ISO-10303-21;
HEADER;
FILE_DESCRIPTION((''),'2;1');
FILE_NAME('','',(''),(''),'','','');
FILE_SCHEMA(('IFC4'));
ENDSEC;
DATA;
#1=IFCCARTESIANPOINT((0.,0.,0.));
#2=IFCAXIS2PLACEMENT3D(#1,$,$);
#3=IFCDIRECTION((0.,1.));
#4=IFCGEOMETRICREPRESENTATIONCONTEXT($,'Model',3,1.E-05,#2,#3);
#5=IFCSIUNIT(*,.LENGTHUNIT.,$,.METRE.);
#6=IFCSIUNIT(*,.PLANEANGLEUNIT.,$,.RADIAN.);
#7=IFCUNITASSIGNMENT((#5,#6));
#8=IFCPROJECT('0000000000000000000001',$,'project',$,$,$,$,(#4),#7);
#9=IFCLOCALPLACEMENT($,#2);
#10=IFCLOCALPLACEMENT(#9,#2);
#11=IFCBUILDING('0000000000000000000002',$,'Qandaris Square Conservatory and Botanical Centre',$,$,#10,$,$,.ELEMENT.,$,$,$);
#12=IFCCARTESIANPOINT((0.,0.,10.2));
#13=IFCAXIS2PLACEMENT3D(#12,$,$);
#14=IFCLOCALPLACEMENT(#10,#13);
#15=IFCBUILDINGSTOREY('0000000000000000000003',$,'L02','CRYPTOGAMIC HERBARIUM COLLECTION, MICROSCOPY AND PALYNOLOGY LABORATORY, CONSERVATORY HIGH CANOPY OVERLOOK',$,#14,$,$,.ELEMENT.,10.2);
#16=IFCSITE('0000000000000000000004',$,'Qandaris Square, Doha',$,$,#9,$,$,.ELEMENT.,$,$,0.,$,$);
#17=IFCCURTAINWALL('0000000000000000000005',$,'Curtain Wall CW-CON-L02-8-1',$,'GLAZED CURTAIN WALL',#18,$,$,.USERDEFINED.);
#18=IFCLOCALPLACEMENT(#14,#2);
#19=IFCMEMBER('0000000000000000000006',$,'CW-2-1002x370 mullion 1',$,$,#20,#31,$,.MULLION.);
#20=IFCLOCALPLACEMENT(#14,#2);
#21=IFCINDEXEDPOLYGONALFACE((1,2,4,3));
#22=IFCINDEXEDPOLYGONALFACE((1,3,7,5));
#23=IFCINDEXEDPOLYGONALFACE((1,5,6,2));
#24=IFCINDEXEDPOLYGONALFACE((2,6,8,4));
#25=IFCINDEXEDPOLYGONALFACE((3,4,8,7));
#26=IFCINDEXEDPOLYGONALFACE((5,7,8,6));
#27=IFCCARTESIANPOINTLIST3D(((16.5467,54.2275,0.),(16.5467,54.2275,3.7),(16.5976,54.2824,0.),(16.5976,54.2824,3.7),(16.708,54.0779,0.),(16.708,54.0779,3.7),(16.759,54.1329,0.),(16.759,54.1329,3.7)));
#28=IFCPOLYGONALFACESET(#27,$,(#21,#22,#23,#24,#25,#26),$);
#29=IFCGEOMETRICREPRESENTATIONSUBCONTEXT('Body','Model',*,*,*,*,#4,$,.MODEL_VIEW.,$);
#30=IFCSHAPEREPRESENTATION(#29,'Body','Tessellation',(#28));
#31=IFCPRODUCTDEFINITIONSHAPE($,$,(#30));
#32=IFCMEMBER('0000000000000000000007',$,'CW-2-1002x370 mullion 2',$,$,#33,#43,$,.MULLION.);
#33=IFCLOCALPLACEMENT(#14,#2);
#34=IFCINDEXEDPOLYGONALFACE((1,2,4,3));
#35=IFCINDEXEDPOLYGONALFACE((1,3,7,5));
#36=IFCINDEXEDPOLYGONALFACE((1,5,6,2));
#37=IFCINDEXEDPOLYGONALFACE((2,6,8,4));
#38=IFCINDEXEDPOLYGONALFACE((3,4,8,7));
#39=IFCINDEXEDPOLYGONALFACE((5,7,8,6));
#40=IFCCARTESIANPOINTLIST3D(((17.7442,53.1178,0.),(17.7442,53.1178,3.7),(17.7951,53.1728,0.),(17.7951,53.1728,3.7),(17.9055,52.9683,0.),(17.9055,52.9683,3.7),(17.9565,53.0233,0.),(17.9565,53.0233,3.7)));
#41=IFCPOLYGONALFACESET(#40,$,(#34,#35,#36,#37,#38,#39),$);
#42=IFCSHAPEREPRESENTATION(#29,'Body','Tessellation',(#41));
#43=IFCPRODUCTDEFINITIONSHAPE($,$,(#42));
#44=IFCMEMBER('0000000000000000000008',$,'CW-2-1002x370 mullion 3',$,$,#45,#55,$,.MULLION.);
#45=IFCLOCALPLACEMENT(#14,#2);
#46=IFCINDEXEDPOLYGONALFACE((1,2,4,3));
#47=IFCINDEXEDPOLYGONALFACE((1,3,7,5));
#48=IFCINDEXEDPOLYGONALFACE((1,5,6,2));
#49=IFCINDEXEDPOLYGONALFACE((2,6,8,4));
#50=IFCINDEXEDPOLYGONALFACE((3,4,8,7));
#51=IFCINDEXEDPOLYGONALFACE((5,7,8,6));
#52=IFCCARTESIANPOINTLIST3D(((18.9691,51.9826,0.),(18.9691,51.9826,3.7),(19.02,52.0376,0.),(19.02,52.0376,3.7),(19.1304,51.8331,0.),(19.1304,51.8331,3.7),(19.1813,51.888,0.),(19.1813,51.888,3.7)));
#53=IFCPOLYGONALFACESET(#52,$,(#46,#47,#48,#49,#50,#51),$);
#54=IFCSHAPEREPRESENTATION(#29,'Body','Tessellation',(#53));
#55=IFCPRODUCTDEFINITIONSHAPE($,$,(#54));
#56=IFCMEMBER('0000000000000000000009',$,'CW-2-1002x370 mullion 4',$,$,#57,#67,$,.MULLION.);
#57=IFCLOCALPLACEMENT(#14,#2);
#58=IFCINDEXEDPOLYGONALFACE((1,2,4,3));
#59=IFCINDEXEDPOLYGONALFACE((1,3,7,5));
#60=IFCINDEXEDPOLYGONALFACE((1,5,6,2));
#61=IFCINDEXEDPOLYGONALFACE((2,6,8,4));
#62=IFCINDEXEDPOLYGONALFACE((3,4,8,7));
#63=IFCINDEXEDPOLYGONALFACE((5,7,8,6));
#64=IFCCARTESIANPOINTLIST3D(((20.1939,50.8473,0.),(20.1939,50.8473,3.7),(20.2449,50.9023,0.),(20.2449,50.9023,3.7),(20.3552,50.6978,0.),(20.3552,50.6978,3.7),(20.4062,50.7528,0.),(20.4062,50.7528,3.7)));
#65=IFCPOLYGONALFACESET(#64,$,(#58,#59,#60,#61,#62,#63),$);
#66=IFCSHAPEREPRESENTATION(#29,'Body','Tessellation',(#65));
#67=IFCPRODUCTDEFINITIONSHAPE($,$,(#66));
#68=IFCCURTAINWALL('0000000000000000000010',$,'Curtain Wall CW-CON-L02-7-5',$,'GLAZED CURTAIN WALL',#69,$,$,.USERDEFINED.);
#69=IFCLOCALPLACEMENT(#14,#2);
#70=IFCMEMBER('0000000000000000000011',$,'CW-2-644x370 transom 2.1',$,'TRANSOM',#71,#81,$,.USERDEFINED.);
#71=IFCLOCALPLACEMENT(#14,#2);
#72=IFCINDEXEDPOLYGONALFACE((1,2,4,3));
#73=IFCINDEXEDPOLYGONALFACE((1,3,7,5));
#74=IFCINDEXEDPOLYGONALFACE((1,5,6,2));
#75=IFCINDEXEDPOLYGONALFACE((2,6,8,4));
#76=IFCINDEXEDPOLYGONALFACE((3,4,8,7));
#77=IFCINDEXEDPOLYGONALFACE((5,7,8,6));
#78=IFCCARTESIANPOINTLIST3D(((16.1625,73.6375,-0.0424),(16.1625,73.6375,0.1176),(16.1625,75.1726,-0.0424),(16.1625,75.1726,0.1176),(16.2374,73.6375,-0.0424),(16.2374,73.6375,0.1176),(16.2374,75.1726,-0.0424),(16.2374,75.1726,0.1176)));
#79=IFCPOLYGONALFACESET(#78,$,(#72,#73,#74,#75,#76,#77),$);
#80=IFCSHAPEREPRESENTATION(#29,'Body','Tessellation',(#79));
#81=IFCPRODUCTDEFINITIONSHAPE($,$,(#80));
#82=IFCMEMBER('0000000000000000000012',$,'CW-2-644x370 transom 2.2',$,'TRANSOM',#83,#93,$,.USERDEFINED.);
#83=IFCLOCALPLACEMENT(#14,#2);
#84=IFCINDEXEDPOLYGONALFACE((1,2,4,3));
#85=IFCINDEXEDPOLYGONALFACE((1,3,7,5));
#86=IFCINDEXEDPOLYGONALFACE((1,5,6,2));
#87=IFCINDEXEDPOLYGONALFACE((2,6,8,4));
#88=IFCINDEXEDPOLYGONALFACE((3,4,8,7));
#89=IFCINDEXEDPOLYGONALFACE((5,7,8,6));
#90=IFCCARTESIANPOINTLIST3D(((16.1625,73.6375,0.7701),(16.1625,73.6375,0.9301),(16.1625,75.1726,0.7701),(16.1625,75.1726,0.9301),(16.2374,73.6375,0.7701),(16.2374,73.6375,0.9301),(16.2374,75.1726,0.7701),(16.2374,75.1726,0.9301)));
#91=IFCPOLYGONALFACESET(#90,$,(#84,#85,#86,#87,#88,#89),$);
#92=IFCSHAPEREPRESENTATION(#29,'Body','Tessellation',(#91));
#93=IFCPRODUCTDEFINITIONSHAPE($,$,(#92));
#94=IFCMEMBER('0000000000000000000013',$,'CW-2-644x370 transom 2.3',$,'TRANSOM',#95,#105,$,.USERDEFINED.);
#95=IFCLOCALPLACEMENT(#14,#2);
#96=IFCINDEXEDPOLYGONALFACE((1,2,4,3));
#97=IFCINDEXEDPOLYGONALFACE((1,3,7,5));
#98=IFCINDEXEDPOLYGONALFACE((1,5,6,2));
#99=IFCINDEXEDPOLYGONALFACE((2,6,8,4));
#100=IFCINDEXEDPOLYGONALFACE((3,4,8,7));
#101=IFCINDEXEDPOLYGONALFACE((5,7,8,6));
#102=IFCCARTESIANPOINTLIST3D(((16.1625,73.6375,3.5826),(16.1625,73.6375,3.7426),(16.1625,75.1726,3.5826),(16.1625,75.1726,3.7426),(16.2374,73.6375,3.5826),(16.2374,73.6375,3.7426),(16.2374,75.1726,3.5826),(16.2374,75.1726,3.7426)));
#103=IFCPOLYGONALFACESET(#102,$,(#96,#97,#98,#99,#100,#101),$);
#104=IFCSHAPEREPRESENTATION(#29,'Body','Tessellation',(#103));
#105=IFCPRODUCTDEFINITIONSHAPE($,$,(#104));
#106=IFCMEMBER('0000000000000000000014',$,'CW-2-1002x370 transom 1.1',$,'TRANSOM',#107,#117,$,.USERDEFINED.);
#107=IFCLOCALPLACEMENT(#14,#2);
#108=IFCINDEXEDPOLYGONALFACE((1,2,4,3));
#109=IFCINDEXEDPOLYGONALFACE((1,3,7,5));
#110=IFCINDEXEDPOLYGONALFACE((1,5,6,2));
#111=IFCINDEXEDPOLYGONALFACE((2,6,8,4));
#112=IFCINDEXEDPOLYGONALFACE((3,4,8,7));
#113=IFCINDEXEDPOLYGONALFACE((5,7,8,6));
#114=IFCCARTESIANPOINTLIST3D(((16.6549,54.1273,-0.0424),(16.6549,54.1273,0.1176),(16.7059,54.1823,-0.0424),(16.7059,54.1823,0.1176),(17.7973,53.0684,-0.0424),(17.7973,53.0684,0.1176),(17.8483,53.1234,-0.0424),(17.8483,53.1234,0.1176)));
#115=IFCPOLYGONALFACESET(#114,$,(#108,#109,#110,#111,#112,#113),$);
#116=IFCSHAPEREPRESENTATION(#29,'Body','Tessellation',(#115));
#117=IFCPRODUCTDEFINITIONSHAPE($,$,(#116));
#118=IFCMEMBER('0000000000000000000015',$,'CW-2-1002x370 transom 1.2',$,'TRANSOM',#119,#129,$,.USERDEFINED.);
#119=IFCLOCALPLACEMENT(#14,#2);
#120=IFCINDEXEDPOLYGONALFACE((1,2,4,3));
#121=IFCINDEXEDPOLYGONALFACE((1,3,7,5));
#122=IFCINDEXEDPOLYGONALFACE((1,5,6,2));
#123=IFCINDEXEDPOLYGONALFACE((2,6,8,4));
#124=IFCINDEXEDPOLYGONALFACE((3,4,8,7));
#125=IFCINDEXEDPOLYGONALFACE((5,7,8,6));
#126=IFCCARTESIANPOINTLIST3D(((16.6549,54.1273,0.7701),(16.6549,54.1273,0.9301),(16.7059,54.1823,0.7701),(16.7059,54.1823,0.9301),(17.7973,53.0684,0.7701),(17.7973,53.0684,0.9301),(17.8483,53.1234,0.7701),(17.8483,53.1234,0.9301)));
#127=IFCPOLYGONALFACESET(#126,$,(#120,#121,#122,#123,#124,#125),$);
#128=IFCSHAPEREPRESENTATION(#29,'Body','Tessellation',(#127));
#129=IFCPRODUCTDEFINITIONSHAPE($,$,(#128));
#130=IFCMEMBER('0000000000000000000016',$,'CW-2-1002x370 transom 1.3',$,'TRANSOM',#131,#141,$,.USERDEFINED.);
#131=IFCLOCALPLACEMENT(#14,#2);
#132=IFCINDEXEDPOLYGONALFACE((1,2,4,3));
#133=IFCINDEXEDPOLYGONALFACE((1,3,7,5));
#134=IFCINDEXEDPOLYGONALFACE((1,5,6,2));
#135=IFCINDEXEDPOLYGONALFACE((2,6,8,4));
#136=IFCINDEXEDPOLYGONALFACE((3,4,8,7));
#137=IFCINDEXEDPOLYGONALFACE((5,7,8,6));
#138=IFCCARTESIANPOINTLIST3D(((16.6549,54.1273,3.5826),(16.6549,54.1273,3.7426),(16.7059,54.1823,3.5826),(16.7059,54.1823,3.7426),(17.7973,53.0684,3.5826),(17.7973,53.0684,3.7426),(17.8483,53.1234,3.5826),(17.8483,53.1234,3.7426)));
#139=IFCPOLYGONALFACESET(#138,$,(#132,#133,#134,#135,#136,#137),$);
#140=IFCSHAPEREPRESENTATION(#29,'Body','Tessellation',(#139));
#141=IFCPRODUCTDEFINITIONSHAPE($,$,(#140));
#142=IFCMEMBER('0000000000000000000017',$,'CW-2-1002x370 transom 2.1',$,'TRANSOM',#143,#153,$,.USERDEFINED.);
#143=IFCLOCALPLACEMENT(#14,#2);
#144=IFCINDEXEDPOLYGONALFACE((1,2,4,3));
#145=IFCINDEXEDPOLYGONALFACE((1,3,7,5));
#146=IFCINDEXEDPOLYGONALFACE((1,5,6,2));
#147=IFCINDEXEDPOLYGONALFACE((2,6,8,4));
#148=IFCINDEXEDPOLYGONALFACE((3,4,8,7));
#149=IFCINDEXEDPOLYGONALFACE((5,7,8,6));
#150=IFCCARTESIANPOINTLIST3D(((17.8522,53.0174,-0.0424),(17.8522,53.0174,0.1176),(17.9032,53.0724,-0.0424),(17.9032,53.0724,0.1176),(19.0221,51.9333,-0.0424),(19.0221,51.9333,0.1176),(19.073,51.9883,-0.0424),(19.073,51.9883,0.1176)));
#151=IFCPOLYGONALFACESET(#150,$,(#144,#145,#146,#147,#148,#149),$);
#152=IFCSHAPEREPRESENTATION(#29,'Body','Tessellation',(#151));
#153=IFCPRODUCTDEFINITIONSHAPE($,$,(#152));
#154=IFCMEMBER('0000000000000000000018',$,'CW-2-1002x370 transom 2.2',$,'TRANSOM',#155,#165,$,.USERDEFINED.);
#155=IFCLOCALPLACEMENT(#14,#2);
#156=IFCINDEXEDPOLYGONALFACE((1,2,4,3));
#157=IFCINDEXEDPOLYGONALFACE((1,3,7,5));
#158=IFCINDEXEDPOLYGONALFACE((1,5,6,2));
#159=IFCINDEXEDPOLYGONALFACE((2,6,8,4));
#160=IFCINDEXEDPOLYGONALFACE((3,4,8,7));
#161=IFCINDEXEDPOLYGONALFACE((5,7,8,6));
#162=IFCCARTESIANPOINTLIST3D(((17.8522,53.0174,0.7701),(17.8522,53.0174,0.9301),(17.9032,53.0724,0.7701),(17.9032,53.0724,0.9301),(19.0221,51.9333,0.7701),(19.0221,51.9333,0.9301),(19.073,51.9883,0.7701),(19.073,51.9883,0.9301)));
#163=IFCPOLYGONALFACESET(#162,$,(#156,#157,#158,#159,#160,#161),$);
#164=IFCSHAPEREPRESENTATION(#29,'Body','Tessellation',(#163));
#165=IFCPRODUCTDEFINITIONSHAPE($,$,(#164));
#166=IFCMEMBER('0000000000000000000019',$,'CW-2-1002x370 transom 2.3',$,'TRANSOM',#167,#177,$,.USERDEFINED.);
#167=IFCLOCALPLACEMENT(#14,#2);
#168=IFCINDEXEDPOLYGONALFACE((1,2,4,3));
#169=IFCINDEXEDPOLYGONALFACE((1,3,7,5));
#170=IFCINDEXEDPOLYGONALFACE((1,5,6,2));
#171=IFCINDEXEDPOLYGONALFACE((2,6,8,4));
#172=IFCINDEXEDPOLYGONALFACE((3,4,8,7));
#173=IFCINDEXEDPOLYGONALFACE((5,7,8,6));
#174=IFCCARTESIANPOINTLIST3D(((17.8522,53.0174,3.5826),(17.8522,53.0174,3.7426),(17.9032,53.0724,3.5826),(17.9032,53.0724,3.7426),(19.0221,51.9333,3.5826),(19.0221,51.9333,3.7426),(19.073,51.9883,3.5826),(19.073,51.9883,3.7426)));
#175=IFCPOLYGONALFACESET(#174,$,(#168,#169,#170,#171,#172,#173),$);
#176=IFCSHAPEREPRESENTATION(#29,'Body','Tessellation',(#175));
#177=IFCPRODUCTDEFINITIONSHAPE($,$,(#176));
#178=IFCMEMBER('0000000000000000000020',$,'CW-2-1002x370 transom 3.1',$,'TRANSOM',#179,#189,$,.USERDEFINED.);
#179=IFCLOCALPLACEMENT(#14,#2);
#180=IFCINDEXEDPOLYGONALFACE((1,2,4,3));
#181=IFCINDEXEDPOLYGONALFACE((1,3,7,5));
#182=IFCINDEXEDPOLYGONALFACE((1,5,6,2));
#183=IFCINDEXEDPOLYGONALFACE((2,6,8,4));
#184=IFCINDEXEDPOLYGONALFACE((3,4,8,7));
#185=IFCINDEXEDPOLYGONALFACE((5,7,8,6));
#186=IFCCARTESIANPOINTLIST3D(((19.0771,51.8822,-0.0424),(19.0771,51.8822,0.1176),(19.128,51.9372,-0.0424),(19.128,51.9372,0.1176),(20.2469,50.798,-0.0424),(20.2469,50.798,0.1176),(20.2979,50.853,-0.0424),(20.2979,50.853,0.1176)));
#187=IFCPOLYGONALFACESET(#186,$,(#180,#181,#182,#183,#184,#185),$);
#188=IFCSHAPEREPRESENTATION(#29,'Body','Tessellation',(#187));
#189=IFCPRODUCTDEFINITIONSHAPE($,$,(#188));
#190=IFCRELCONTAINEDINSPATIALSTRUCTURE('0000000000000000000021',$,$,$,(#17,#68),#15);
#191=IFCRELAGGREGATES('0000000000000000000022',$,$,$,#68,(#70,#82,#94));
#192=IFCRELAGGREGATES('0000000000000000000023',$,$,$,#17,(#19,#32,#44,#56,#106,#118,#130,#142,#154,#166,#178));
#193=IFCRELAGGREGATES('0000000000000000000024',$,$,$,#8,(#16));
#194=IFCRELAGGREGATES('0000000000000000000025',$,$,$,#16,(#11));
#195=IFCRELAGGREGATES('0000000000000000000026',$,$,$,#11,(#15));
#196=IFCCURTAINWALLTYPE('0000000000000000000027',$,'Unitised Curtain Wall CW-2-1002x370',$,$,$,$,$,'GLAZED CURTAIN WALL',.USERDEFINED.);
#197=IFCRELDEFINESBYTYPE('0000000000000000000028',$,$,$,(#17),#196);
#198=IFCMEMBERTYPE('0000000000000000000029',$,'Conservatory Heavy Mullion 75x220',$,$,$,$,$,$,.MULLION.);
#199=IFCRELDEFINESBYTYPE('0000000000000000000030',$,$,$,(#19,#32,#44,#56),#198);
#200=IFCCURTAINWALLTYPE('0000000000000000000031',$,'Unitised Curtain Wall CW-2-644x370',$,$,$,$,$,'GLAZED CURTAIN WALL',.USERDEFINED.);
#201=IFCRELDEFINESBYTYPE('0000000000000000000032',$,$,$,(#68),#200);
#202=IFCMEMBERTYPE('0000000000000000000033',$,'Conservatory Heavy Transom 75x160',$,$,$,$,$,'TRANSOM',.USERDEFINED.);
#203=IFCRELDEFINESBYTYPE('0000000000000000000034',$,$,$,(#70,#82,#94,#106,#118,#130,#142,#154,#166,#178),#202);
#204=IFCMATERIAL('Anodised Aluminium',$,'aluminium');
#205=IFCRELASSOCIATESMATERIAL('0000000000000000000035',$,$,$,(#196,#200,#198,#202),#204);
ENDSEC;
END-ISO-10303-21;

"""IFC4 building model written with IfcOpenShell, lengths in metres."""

from ifc_helpers import new_model, si_unit, direction, frame, origin, origin_2d, place, context, subcontext, project, spatial, rectangle, extrude, material, material_profile, profile_set, type_object, element, aggregate, save


model = new_model("IFC4")

# Units and contexts
model_context = context("Model", 3, precision=1e-05, world=origin(), true_north=direction((0.0, 1.0)))
body_context = subcontext(model_context, "Body", "Model", "MODEL_VIEW")
ifc_project = project(units=[si_unit("LENGTHUNIT", "METRE"), si_unit("PLANEANGLEUNIT", "RADIAN")], contexts=[model_context])

# Site, building, storey
site_placement = place(None, origin())
site = spatial("IfcSite", under=ifc_project, at=site_placement, Name="Qandaris Square, Doha", CompositionType="ELEMENT", RefElevation=0.0)
building_placement = place(site_placement, origin())
building = spatial("IfcBuilding", under=site, at=building_placement, Name="Qandaris Square Conservatory and Botanical Centre", CompositionType="ELEMENT")
storey_placement = place(building_placement, frame((0.0, 0.0, 10.2)))
storey = spatial("IfcBuildingStorey", under=building, at=storey_placement, Name="L02", Description="CRYPTOGAMIC HERBARIUM COLLECTION, MICROSCOPY AND PALYNOLOGY LABORATORY, CONSERVATORY HIGH CANOPY OVERLOOK", CompositionType="ELEMENT", Elevation=10.2)

# Curtain walls, members
ifc_material_1 = material(Name="Anodised Aluminium", Category="aluminium")
curtain_wall_type_1 = type_object("IfcCurtainWallType", Name="Unitised Curtain Wall CW-2-1002x370", ElementType="GLAZED CURTAIN WALL", PredefinedType="USERDEFINED", material=ifc_material_1)
curtain_wall_1_placement = place(storey_placement, origin())
curtain_wall_1 = element("IfcCurtainWall", 1, at=curtain_wall_1_placement, inside=storey, type_object=curtain_wall_type_1, Name="Curtain Wall CW-CON-L02-8-1", ObjectType="GLAZED CURTAIN WALL", PredefinedType="USERDEFINED")
ifc_material_profile_1 = material_profile(ifc_material_1, rectangle(XDim=0.075, YDim=0.22, at=origin_2d()), Name="ALU-MUL 75x220")
ifc_profile_set_1 = profile_set([ifc_material_profile_1], Name="Anodised Aluminium")
member_type_1 = type_object("IfcMemberType", Name="Conservatory Heavy Mullion 75x220", PredefinedType="MULLION", material=ifc_profile_set_1)
member_1_placement = place(storey_placement, frame((16.6528, 54.1802, 0.0), z_axis=(0.0, 0.0, 1.0), x_axis=(0.679762, 0.733433, 0.0)))
member_1 = element("IfcMember", 2, at=member_1_placement, type_object=member_type_1, Name="CW-2-1002x370 mullion 1", PredefinedType="MULLION", context=body_context, shape_type="SweptSolid", body=[
    extrude(rectangle(XDim=0.075, YDim=0.22, at=origin_2d()), origin(), (0.0, 0.0, 1.0), 3.7),
])
member_2_placement = place(storey_placement, frame((17.8503, 53.0706, 0.0), z_axis=(0.0, 0.0, 1.0), x_axis=(0.679762, 0.733433, 0.0)))
member_2 = element("IfcMember", 3, at=member_2_placement, type_object=member_type_1, Name="CW-2-1002x370 mullion 2", PredefinedType="MULLION", context=body_context, shape_type="SweptSolid", body=[
    extrude(rectangle(XDim=0.075, YDim=0.22, at=origin_2d()), origin(), (0.0, 0.0, 1.0), 3.7),
])
member_3_placement = place(storey_placement, frame((19.0752, 51.9353, 0.0), z_axis=(0.0, 0.0, 1.0), x_axis=(0.679762, 0.733433, 0.0)))
member_3 = element("IfcMember", 4, at=member_3_placement, type_object=member_type_1, Name="CW-2-1002x370 mullion 3", PredefinedType="MULLION", context=body_context, shape_type="SweptSolid", body=[
    extrude(rectangle(XDim=0.075, YDim=0.22, at=origin_2d()), origin(), (0.0, 0.0, 1.0), 3.7),
])
member_4_placement = place(storey_placement, frame((20.3, 50.8, 0.0), z_axis=(0.0, 0.0, 1.0), x_axis=(0.679762, 0.733433, 0.0)))
member_4 = element("IfcMember", 5, at=member_4_placement, type_object=member_type_1, Name="CW-2-1002x370 mullion 4", PredefinedType="MULLION", context=body_context, shape_type="SweptSolid", body=[
    extrude(rectangle(XDim=0.075, YDim=0.22, at=origin_2d()), origin(), (0.0, 0.0, 1.0), 3.7),
])
curtain_wall_type_2 = type_object("IfcCurtainWallType", Name="Unitised Curtain Wall CW-2-644x370", ElementType="GLAZED CURTAIN WALL", PredefinedType="USERDEFINED", material=ifc_material_1)
curtain_wall_2_placement = place(storey_placement, origin())
curtain_wall_2 = element("IfcCurtainWall", 6, at=curtain_wall_2_placement, inside=storey, type_object=curtain_wall_type_2, Name="Curtain Wall CW-CON-L02-7-5", ObjectType="GLAZED CURTAIN WALL", PredefinedType="USERDEFINED")
ifc_material_profile_2 = material_profile(ifc_material_1, rectangle(XDim=0.075, YDim=0.1599, at=origin_2d()), Name="ALU-TRN 75x160")
ifc_profile_set_2 = profile_set([ifc_material_profile_2], Name="Anodised Aluminium")
member_type_2 = type_object("IfcMemberType", Name="Conservatory Heavy Transom 75x160", ElementType="TRANSOM", PredefinedType="USERDEFINED", material=ifc_profile_set_2)
member_5_placement = place(storey_placement, frame((16.2, 75.1726, 0.0376), z_axis=(0.0, -1.0, 0.0), x_axis=(1.0, 0.0, 0.0)))
member_5 = element("IfcMember", 7, at=member_5_placement, type_object=member_type_2, Name="CW-2-644x370 transom 2.1", ObjectType="TRANSOM", PredefinedType="USERDEFINED", context=body_context, shape_type="SweptSolid", body=[
    extrude(rectangle(XDim=0.075, YDim=0.1599, at=origin_2d()), origin(), (0.0, 0.0, 1.0), 1.5352),
])
member_6_placement = place(storey_placement, frame((16.2, 75.1726, 0.8501), z_axis=(0.0, -1.0, 0.0), x_axis=(1.0, 0.0, 0.0)))
member_6 = element("IfcMember", 8, at=member_6_placement, type_object=member_type_2, Name="CW-2-644x370 transom 2.2", ObjectType="TRANSOM", PredefinedType="USERDEFINED", context=body_context, shape_type="SweptSolid", body=[
    extrude(rectangle(XDim=0.075, YDim=0.1599, at=origin_2d()), origin(), (0.0, 0.0, 1.0), 1.5352),
])
member_7_placement = place(storey_placement, frame((16.2, 75.1726, 3.6626), z_axis=(0.0, -1.0, 0.0), x_axis=(1.0, 0.0, 0.0)))
member_7 = element("IfcMember", 9, at=member_7_placement, type_object=member_type_2, Name="CW-2-644x370 transom 2.3", ObjectType="TRANSOM", PredefinedType="USERDEFINED", context=body_context, shape_type="SweptSolid", body=[
    extrude(rectangle(XDim=0.075, YDim=0.1599, at=origin_2d()), origin(), (0.0, 0.0, 1.0), 1.5352),
])

# Members
member_8_placement = place(storey_placement, frame((16.6804, 54.1548, 0.0376), z_axis=(0.733402, -0.679796, 0.0), x_axis=(0.679796, 0.733402, 0.0)))
member_8 = element("IfcMember", 10, at=member_8_placement, type_object=member_type_2, Name="CW-2-1002x370 transom 1.1", ObjectType="TRANSOM", PredefinedType="USERDEFINED", context=body_context, shape_type="SweptSolid", body=[
    extrude(rectangle(XDim=0.075, YDim=0.1599, at=origin_2d()), origin(), (0.0, 0.0, 1.0), 1.5576),
])
member_9_placement = place(storey_placement, frame((16.6804, 54.1548, 0.8501), z_axis=(0.733402, -0.679796, 0.0), x_axis=(0.679796, 0.733402, 0.0)))
member_9 = element("IfcMember", 11, at=member_9_placement, type_object=member_type_2, Name="CW-2-1002x370 transom 1.2", ObjectType="TRANSOM", PredefinedType="USERDEFINED", context=body_context, shape_type="SweptSolid", body=[
    extrude(rectangle(XDim=0.075, YDim=0.1599, at=origin_2d()), origin(), (0.0, 0.0, 1.0), 1.5576),
])
member_10_placement = place(storey_placement, frame((16.6804, 54.1548, 3.6626), z_axis=(0.733402, -0.679796, 0.0), x_axis=(0.679796, 0.733402, 0.0)))
member_10 = element("IfcMember", 12, at=member_10_placement, type_object=member_type_2, Name="CW-2-1002x370 transom 1.3", ObjectType="TRANSOM", PredefinedType="USERDEFINED", context=body_context, shape_type="SweptSolid", body=[
    extrude(rectangle(XDim=0.075, YDim=0.1599, at=origin_2d()), origin(), (0.0, 0.0, 1.0), 1.5576),
])
member_11_placement = place(storey_placement, frame((17.8777, 53.0449, 0.0376), z_axis=(0.733458, -0.679735, 0.0), x_axis=(0.679735, 0.733458, 0.0)))
member_11 = element("IfcMember", 13, at=member_11_placement, type_object=member_type_2, Name="CW-2-1002x370 transom 2.1", ObjectType="TRANSOM", PredefinedType="USERDEFINED", context=body_context, shape_type="SweptSolid", body=[
    extrude(rectangle(XDim=0.075, YDim=0.1599, at=origin_2d()), origin(), (0.0, 0.0, 1.0), 1.595),
])
member_12_placement = place(storey_placement, frame((17.8777, 53.0449, 0.8501), z_axis=(0.733458, -0.679735, 0.0), x_axis=(0.679735, 0.733458, 0.0)))
member_12 = element("IfcMember", 14, at=member_12_placement, type_object=member_type_2, Name="CW-2-1002x370 transom 2.2", ObjectType="TRANSOM", PredefinedType="USERDEFINED", context=body_context, shape_type="SweptSolid", body=[
    extrude(rectangle(XDim=0.075, YDim=0.1599, at=origin_2d()), origin(), (0.0, 0.0, 1.0), 1.595),
])
member_13_placement = place(storey_placement, frame((17.8777, 53.0449, 3.6626), z_axis=(0.733458, -0.679735, 0.0), x_axis=(0.679735, 0.733458, 0.0)))
member_13 = element("IfcMember", 15, at=member_13_placement, type_object=member_type_2, Name="CW-2-1002x370 transom 2.3", ObjectType="TRANSOM", PredefinedType="USERDEFINED", context=body_context, shape_type="SweptSolid", body=[
    extrude(rectangle(XDim=0.075, YDim=0.1599, at=origin_2d()), origin(), (0.0, 0.0, 1.0), 1.595),
])
member_14_placement = place(storey_placement, frame((19.1025, 51.9097, 0.0376), z_axis=(0.733458, -0.679735, 0.0), x_axis=(0.679735, 0.733458, 0.0)))
member_14 = element("IfcMember", 16, at=member_14_placement, type_object=member_type_2, Name="CW-2-1002x370 transom 3.1", ObjectType="TRANSOM", PredefinedType="USERDEFINED", context=body_context, shape_type="SweptSolid", body=[
    extrude(rectangle(XDim=0.075, YDim=0.1599, at=origin_2d()), origin(), (0.0, 0.0, 1.0), 1.595),
])

aggregate(curtain_wall_2, [member_5, member_6, member_7])
aggregate(curtain_wall_1, [member_1, member_2, member_3, member_4, member_8, member_9, member_10, member_11, member_12, member_13, member_14])

save(model, "model.ifc")
